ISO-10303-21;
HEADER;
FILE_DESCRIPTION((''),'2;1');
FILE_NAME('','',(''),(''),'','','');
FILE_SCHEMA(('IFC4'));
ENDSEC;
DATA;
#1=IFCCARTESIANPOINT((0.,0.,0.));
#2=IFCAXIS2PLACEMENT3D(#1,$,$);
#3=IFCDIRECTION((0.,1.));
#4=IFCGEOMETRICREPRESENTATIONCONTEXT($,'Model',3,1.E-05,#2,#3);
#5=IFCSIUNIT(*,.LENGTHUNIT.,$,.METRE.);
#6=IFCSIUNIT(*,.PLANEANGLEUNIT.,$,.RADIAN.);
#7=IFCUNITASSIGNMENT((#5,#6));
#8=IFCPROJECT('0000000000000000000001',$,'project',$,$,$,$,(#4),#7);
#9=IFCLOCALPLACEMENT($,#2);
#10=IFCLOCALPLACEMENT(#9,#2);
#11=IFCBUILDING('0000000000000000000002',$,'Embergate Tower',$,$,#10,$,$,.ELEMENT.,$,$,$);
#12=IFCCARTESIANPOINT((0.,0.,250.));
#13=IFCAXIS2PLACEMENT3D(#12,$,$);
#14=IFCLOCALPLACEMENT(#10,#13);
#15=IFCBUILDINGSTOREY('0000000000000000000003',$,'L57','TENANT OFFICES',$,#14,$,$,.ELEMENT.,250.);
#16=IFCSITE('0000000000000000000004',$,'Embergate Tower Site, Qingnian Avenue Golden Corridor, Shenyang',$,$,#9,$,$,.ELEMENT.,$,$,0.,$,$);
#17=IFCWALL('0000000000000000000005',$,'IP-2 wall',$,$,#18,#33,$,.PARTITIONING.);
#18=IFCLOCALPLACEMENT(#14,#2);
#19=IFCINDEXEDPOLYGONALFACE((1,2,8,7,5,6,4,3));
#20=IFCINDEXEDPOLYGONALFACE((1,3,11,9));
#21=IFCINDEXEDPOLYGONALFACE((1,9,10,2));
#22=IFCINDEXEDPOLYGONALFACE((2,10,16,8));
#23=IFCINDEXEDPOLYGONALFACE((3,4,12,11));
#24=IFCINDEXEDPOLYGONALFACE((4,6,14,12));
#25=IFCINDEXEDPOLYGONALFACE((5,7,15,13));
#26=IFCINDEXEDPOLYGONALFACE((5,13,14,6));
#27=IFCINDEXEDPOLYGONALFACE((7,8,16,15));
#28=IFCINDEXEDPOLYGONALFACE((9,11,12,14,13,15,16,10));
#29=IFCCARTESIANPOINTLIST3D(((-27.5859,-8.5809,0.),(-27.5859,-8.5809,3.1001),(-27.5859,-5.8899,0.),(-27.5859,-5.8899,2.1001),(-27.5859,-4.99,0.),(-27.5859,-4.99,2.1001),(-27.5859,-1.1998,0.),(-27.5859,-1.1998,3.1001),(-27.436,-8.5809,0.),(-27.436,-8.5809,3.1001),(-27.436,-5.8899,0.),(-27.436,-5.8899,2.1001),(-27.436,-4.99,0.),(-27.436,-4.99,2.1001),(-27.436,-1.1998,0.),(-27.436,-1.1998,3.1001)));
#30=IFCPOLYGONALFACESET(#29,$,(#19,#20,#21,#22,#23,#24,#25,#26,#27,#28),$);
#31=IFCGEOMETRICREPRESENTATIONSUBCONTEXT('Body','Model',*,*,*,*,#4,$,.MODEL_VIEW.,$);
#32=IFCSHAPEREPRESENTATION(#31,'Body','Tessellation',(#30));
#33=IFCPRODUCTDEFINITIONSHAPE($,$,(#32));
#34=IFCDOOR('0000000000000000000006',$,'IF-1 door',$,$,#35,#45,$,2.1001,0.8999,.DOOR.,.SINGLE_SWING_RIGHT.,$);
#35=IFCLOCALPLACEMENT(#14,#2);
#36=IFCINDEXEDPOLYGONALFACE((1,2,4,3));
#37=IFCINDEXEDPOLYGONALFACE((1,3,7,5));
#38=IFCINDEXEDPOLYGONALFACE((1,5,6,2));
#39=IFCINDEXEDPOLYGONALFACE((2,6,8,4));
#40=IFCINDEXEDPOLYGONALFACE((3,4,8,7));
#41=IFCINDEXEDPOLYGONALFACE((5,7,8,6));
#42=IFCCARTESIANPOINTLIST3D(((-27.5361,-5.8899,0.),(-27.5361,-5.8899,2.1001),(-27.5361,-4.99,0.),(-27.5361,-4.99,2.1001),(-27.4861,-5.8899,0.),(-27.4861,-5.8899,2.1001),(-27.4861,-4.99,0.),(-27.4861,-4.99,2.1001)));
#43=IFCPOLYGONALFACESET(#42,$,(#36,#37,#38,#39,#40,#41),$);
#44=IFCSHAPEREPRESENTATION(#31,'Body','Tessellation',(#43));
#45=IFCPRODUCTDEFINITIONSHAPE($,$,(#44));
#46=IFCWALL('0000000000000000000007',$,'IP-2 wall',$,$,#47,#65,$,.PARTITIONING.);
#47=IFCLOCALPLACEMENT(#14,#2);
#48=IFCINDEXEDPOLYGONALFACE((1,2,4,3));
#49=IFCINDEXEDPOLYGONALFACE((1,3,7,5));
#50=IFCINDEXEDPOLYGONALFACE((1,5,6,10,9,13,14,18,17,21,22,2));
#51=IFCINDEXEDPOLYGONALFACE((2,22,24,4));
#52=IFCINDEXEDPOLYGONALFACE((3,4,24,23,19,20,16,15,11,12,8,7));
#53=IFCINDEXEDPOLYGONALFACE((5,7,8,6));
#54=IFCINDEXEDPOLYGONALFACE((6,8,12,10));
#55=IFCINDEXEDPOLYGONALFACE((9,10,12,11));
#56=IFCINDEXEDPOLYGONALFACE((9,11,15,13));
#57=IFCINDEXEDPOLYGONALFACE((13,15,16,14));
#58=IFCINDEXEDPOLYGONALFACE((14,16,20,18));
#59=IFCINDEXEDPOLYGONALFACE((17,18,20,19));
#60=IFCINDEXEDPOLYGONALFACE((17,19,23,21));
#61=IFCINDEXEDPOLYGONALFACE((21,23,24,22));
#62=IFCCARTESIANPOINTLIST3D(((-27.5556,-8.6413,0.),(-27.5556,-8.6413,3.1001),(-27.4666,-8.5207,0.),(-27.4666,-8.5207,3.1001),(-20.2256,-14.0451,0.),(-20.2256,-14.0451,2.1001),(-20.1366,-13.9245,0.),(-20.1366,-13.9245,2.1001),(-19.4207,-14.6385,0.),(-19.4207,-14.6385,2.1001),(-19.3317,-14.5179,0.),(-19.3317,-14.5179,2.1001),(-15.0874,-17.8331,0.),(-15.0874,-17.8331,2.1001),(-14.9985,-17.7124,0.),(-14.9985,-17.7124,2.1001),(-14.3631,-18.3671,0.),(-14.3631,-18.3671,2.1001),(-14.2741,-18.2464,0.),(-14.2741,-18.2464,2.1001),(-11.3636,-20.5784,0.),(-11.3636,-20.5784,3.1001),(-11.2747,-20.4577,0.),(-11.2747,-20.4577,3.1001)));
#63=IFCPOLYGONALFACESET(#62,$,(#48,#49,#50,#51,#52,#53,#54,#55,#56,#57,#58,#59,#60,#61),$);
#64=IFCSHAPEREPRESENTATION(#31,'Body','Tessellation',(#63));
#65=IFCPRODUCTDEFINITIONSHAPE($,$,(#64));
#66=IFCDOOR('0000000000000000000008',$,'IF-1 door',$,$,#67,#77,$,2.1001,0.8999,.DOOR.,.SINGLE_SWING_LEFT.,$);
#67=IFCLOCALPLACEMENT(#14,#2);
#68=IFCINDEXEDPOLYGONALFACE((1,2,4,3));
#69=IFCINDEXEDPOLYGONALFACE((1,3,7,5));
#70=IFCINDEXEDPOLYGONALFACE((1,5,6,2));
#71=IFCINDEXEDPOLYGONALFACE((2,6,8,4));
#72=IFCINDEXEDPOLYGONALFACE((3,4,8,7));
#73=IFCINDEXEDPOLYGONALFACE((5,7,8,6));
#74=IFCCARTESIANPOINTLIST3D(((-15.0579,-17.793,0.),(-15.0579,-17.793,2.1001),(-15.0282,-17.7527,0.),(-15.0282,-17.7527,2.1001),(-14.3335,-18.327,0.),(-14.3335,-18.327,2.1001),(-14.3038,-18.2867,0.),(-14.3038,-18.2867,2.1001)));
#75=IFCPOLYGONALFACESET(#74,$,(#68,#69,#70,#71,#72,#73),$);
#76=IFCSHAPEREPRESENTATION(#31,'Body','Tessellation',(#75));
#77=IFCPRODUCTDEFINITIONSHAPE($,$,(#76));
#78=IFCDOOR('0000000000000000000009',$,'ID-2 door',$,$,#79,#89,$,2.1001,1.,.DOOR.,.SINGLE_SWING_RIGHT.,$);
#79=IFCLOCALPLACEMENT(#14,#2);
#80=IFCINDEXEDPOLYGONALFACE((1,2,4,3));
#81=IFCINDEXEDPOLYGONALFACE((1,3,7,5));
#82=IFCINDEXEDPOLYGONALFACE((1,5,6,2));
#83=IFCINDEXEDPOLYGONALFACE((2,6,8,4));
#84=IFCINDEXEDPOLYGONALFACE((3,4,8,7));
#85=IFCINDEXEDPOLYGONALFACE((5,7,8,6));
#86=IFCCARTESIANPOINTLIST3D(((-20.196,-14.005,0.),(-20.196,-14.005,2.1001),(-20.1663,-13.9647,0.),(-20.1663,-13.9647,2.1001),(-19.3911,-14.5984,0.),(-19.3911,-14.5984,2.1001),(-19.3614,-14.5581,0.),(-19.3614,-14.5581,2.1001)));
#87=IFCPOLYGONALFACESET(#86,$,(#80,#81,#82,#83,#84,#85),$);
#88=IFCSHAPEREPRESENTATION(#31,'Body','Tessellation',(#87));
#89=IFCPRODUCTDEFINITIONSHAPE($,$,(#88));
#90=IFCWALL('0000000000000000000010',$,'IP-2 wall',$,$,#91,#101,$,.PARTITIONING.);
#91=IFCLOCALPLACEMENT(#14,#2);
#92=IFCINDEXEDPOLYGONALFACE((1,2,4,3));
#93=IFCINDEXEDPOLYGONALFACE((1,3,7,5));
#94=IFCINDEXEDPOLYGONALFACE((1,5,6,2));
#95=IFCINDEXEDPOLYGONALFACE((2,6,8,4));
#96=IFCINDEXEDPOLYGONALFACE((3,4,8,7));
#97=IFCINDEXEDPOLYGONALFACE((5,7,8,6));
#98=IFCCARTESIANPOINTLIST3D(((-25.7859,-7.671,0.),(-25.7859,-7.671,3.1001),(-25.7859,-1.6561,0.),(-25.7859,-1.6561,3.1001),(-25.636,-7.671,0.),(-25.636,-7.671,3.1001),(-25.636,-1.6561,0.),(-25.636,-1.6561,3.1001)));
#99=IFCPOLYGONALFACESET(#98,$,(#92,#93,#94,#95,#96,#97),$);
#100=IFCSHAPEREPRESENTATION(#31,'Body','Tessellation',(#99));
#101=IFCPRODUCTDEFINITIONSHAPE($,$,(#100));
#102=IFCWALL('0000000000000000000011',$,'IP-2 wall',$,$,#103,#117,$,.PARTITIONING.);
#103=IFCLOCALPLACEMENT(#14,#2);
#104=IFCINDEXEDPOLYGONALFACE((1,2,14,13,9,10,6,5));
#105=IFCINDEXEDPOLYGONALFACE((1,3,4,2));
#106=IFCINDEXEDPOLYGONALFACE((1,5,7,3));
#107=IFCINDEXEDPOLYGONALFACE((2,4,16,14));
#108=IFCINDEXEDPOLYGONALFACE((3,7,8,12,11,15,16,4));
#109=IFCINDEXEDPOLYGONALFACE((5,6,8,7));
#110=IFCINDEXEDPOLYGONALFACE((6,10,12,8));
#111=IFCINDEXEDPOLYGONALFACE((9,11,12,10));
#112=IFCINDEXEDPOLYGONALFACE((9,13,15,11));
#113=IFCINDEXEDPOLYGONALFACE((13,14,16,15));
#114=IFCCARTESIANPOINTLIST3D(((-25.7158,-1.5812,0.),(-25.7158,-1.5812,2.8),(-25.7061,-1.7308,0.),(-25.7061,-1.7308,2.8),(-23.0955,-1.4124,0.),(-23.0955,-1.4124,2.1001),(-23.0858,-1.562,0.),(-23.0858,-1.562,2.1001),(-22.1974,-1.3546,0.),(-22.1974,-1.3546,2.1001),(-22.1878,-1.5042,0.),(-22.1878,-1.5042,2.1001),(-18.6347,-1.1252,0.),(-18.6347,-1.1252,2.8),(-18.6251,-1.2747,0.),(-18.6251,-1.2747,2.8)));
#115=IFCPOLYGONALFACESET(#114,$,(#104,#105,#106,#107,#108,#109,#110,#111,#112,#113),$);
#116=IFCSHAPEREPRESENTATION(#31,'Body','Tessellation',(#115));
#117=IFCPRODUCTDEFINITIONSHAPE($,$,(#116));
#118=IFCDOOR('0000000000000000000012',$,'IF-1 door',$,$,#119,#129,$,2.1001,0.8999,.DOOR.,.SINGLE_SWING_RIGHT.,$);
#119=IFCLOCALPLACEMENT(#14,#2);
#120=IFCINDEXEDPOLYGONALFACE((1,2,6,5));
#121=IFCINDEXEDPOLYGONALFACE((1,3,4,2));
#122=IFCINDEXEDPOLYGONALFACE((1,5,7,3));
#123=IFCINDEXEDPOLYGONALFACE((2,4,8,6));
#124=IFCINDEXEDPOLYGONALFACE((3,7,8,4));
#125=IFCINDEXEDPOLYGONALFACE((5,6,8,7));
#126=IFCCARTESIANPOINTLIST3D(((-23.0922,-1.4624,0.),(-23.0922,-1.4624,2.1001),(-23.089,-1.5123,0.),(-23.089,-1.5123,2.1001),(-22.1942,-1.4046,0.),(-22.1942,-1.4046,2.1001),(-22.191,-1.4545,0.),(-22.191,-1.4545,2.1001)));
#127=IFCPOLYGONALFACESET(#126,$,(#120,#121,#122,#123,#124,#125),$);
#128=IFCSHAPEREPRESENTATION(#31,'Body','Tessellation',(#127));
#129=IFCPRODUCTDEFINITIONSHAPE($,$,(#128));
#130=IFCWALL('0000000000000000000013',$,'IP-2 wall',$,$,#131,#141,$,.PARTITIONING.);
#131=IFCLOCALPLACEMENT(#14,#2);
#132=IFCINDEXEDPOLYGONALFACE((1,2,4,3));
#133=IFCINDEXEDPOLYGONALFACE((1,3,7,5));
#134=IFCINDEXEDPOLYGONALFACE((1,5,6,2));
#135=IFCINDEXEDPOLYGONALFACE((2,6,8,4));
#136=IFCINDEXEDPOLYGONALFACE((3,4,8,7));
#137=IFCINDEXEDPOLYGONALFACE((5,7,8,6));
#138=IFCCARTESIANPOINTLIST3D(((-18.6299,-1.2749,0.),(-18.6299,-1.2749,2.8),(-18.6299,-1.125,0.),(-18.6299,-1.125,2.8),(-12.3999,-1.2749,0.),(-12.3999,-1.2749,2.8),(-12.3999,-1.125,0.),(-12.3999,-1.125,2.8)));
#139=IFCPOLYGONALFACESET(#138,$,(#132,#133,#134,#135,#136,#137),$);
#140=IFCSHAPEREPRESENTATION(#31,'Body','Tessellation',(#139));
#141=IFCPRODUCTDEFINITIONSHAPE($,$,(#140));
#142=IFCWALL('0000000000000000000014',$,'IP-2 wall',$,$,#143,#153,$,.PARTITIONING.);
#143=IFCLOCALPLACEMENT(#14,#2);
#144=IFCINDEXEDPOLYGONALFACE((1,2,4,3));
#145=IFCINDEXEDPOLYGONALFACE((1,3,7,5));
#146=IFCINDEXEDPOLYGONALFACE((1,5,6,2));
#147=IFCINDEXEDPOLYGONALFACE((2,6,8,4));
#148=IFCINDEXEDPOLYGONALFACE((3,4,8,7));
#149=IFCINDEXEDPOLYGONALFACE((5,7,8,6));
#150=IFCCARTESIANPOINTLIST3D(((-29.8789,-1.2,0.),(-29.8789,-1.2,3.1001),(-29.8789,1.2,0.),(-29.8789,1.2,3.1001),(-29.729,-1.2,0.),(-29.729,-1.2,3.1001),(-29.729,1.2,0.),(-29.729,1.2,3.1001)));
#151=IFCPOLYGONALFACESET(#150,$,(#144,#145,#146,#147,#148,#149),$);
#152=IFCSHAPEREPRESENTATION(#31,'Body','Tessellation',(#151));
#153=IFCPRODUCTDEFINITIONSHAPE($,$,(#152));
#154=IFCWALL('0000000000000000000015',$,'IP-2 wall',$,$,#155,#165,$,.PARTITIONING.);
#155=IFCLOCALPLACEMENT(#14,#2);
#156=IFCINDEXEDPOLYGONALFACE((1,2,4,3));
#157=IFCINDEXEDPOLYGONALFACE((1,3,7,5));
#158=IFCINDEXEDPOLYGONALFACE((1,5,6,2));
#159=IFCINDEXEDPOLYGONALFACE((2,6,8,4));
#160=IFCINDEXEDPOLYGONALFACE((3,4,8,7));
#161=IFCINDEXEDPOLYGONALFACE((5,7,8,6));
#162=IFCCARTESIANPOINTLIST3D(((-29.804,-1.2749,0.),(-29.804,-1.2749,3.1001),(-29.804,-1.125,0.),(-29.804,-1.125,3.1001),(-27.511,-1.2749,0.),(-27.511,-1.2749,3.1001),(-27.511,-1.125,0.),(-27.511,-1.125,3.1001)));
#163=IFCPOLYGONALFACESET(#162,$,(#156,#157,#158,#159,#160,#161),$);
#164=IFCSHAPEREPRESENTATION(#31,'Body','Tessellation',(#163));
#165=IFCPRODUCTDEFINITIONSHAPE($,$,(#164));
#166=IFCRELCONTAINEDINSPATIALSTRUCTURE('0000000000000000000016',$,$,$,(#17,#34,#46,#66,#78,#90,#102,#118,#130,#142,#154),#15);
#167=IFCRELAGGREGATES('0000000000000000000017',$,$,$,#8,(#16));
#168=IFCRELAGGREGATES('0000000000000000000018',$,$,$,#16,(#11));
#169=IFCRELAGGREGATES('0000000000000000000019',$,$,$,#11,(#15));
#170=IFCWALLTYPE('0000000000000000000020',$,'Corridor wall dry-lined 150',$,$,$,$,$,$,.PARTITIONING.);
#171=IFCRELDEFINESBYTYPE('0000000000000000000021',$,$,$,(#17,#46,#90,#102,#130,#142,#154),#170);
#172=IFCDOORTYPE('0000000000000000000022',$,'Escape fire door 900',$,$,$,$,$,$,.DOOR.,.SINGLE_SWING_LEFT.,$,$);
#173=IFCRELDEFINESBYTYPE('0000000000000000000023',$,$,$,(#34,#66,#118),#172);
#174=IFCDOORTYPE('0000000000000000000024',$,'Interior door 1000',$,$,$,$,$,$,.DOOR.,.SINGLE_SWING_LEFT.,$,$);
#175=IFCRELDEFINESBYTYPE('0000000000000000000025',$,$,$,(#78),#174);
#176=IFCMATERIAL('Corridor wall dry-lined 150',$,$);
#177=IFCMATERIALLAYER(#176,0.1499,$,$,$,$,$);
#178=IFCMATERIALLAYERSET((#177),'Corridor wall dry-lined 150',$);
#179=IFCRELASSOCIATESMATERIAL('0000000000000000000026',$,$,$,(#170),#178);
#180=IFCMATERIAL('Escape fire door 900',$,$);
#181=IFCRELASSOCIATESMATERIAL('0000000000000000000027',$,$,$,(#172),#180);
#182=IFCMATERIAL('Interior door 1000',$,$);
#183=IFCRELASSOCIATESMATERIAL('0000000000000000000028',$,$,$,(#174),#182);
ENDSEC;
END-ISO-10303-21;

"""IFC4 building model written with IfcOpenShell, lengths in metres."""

from ifc_helpers import new_model, si_unit, direction, frame, frame_2d, origin, place, context, subcontext, project, spatial, rectangle, extrude, source, transform, mapped, material, layer, layer_set, type_object, element, fill, save


model = new_model("IFC4")

# Units and contexts
model_context = context("Model", 3, precision=1e-05, world=origin(), true_north=direction((0.0, 1.0)))
body_context = subcontext(model_context, "Body", "Model", "MODEL_VIEW")
ifc_project = project(units=[si_unit("LENGTHUNIT", "METRE"), si_unit("PLANEANGLEUNIT", "RADIAN")], contexts=[model_context])

# Site, building, storey
site_placement = place(None, origin())
site = spatial("IfcSite", under=ifc_project, at=site_placement, Name="Embergate Tower Site, Qingnian Avenue Golden Corridor, Shenyang", CompositionType="ELEMENT", RefElevation=0.0)
building_placement = place(site_placement, origin())
building = spatial("IfcBuilding", under=site, at=building_placement, Name="Embergate Tower", CompositionType="ELEMENT")
storey_placement = place(building_placement, frame((0.0, 0.0, 250.0)))
storey = spatial("IfcBuildingStorey", under=building, at=storey_placement, Name="L57", Description="TENANT OFFICES", CompositionType="ELEMENT", Elevation=250.0)

# Wall, opening, door
ifc_material_1 = material(Name="Corridor wall dry-lined 150")
ifc_layer_1 = layer(ifc_material_1, 0.1499)
ifc_layer_set_1 = layer_set([ifc_layer_1], Name="Corridor wall dry-lined 150")
wall_type_1 = type_object("IfcWallType", Name="Corridor wall dry-lined 150", PredefinedType="PARTITIONING", material=ifc_layer_set_1)
shared_shape_1 = source(origin(), body_context, "Body", "SweptSolid", [
    extrude(rectangle(XDim=7.3811, YDim=0.1499, at=frame_2d((3.6904, 0.0))), origin(), (0.0, 0.0, 1.0), 3.1001),
])
wall_1_placement = place(storey_placement, frame((-27.511, -1.2, 0.0), z_axis=(0.0, 0.0, 1.0), x_axis=(0.0, -1.0, 0.0)))
wall_1 = element("IfcWall", 1, at=wall_1_placement, inside=storey, type_object=wall_type_1, Name="IP-2 wall", PredefinedType="PARTITIONING", context=body_context, shape_type="MappedRepresentation", body=[
    mapped(shared_shape_1, transform((0.0, 0.0, 0.0))),
])
shared_shape_2 = source(origin(), body_context, "Body", "SweptSolid", [
    extrude(rectangle(XDim=0.8999, YDim=2.1001, at=frame_2d((0.45, 1.05))), frame((0.0, 0.085, 0.0), z_axis=(0.0, -1.0, 0.0), x_axis=(1.0, 0.0, 0.0)), (0.0, 0.0, 1.0), 0.1699),
])
opening_1_placement = place(wall_1_placement, frame((3.79, 0.0, 0.0)))
opening_1 = element("IfcOpeningElement", 2, at=opening_1_placement, cuts=wall_1, PredefinedType="OPENING", context=body_context, shape_type="MappedRepresentation", body=[
    mapped(shared_shape_2, transform((0.0, 0.0, 0.0))),
])
ifc_material_2 = material(Name="Escape fire door 900")
door_type_1 = type_object("IfcDoorType", Name="Escape fire door 900", OperationType="SINGLE_SWING_LEFT", PredefinedType="DOOR", material=ifc_material_2)
shared_shape_3 = source(origin(), body_context, "Body", "SweptSolid", [
    extrude(rectangle(XDim=0.8999, YDim=2.1001, at=frame_2d((0.45, 1.05))), frame((0.0, 0.0249, 0.0), z_axis=(0.0, -1.0, 0.0), x_axis=(1.0, 0.0, 0.0)), (0.0, 0.0, 1.0), 0.05),
])
door_1_placement = place(opening_1_placement, origin())
door_1 = element("IfcDoor", 3, at=door_1_placement, inside=storey, type_object=door_type_1, Name="IF-1 door", OperationType="SINGLE_SWING_RIGHT", OverallHeight=2.1001, OverallWidth=0.8999, PredefinedType="DOOR", context=body_context, shape_type="MappedRepresentation", body=[
    mapped(shared_shape_3, transform((0.0, 0.0, 0.0))),
])
fill(opening_1, door_1)

# Wall, openings, doors
shared_shape_4 = source(origin(), body_context, "Body", "SweptSolid", [
    extrude(rectangle(XDim=20.1165, YDim=0.1499, at=frame_2d((10.0581, 0.0))), origin(), (0.0, 0.0, 1.0), 3.1001),
])
wall_2_placement = place(storey_placement, frame((-27.511, -8.5811, 0.0), z_axis=(0.0, 0.0, 1.0), x_axis=(0.80491, -0.593397, 0.0)))
wall_2 = element("IfcWall", 4, at=wall_2_placement, inside=storey, type_object=wall_type_1, Name="IP-2 wall", PredefinedType="PARTITIONING", context=body_context, shape_type="MappedRepresentation", body=[
    mapped(shared_shape_4, transform((0.0, 0.0, 0.0))),
])
shared_shape_5 = source(origin(), body_context, "Body", "SweptSolid", [
    extrude(rectangle(XDim=1.0, YDim=2.1001, at=frame_2d((0.5, 1.05))), frame((0.0, 0.085, 0.0), z_axis=(0.0, -1.0, 0.0), x_axis=(1.0, 0.0, 0.0)), (0.0, 0.0, 1.0), 0.1699),
])
opening_2_placement = place(wall_2_placement, frame((9.1064, 0.0, 0.0)))
opening_2 = element("IfcOpeningElement", 5, at=opening_2_placement, cuts=wall_2, PredefinedType="OPENING", context=body_context, shape_type="MappedRepresentation", body=[
    mapped(shared_shape_5, transform((0.0, 0.0, 0.0))),
])
opening_3_placement = place(wall_2_placement, frame((15.49, 0.0, 0.0)))
opening_3 = element("IfcOpeningElement", 6, at=opening_3_placement, cuts=wall_2, PredefinedType="OPENING", context=body_context, shape_type="MappedRepresentation", body=[
    mapped(shared_shape_2, transform((0.0, 0.0, 0.0))),
])
door_2_placement = place(opening_3_placement, origin())
door_2 = element("IfcDoor", 7, at=door_2_placement, inside=storey, type_object=door_type_1, Name="IF-1 door", OperationType="SINGLE_SWING_LEFT", OverallHeight=2.1001, OverallWidth=0.8999, PredefinedType="DOOR", context=body_context, shape_type="MappedRepresentation", body=[
    mapped(shared_shape_3, transform((0.0, 0.0, 0.0))),
])
fill(opening_3, door_2)
ifc_material_3 = material(Name="Interior door 1000")
door_type_2 = type_object("IfcDoorType", Name="Interior door 1000", OperationType="SINGLE_SWING_LEFT", PredefinedType="DOOR", material=ifc_material_3)
shared_shape_6 = source(origin(), body_context, "Body", "SweptSolid", [
    extrude(rectangle(XDim=1.0, YDim=2.1001, at=frame_2d((0.5, 1.05))), frame((0.0, 0.0249, 0.0), z_axis=(0.0, -1.0, 0.0), x_axis=(1.0, 0.0, 0.0)), (0.0, 0.0, 1.0), 0.05),
])
door_3_placement = place(opening_2_placement, origin())
door_3 = element("IfcDoor", 8, at=door_3_placement, inside=storey, type_object=door_type_2, Name="ID-2 door", OperationType="SINGLE_SWING_RIGHT", OverallHeight=2.1001, OverallWidth=1.0, PredefinedType="DOOR", context=body_context, shape_type="MappedRepresentation", body=[
    mapped(shared_shape_6, transform((0.0, 0.0, 0.0))),
])
fill(opening_2, door_3)

# Wall
shared_shape_7 = source(origin(), body_context, "Body", "SweptSolid", [
    extrude(rectangle(XDim=6.0149, YDim=0.1499, at=frame_2d((3.0073, 0.0))), origin(), (0.0, 0.0, 1.0), 3.1001),
])
wall_3_placement = place(storey_placement, frame((-25.7109, -7.6709, 0.0), z_axis=(0.0, 0.0, 1.0), x_axis=(0.0, 1.0, 0.0)))
element("IfcWall", 9, at=wall_3_placement, inside=storey, type_object=wall_type_1, Name="IP-2 wall", PredefinedType="PARTITIONING", context=body_context, shape_type="MappedRepresentation", body=[
    mapped(shared_shape_7, transform((0.0, 0.0, 0.0))),
])

# Wall, opening, door
shared_shape_8 = source(origin(), body_context, "Body", "SweptSolid", [
    extrude(rectangle(XDim=7.0957, YDim=0.1499, at=frame_2d((3.5479, 0.0))), origin(), (0.0, 0.0, 1.0), 2.8),
])
wall_4_placement = place(storey_placement, frame((-25.7109, -1.656, 0.0), z_axis=(0.0, 0.0, 1.0), x_axis=(0.997932, 0.064272, 0.0)))
wall_4 = element("IfcWall", 10, at=wall_4_placement, inside=storey, type_object=wall_type_1, Name="IP-2 wall", PredefinedType="PARTITIONING", context=body_context, shape_type="MappedRepresentation", body=[
    mapped(shared_shape_8, transform((0.0, 0.0, 0.0))),
])
opening_4_placement = place(wall_4_placement, frame((2.6257, 0.0, 0.0)))
opening_4 = element("IfcOpeningElement", 11, at=opening_4_placement, cuts=wall_4, PredefinedType="OPENING", context=body_context, shape_type="MappedRepresentation", body=[
    mapped(shared_shape_2, transform((0.0, 0.0, 0.0))),
])
door_4_placement = place(opening_4_placement, origin())
door_4 = element("IfcDoor", 12, at=door_4_placement, inside=storey, type_object=door_type_1, Name="IF-1 door", OperationType="SINGLE_SWING_RIGHT", OverallHeight=2.1001, OverallWidth=0.8999, PredefinedType="DOOR", context=body_context, shape_type="MappedRepresentation", body=[
    mapped(shared_shape_3, transform((0.0, 0.0, 0.0))),
])
fill(opening_4, door_4)

# Walls
shared_shape_9 = source(origin(), body_context, "Body", "SweptSolid", [
    extrude(rectangle(XDim=6.23, YDim=0.1499, at=frame_2d((3.115, 0.0))), origin(), (0.0, 0.0, 1.0), 2.8),
])
wall_5_placement = place(storey_placement, frame((-18.6299, -1.2, 0.0), z_axis=(0.0, 0.0, 1.0), x_axis=(1.0, 0.0, 0.0)))
element("IfcWall", 13, at=wall_5_placement, inside=storey, type_object=wall_type_1, Name="IP-2 wall", PredefinedType="PARTITIONING", context=body_context, shape_type="MappedRepresentation", body=[
    mapped(shared_shape_9, transform((0.0, 0.0, 0.0))),
])
shared_shape_10 = source(origin(), body_context, "Body", "SweptSolid", [
    extrude(rectangle(XDim=2.3999, YDim=0.1499, at=frame_2d((1.2, 0.0))), origin(), (0.0, 0.0, 1.0), 3.1001),
])
wall_6_placement = place(storey_placement, frame((-29.804, -1.2, 0.0), z_axis=(0.0, 0.0, 1.0), x_axis=(0.0, 1.0, 0.0)))
element("IfcWall", 14, at=wall_6_placement, inside=storey, type_object=wall_type_1, Name="IP-2 wall", PredefinedType="PARTITIONING", context=body_context, shape_type="MappedRepresentation", body=[
    mapped(shared_shape_10, transform((0.0, 0.0, 0.0))),
])
shared_shape_11 = source(origin(), body_context, "Body", "SweptSolid", [
    extrude(rectangle(XDim=2.293, YDim=0.1499, at=frame_2d((1.1465, 0.0))), origin(), (0.0, 0.0, 1.0), 3.1001),
])
wall_7_placement = place(storey_placement, frame((-27.511, -1.2, 0.0), z_axis=(0.0, 0.0, 1.0), x_axis=(-1.0, 0.0, 0.0)))
element("IfcWall", 15, at=wall_7_placement, inside=storey, type_object=wall_type_1, Name="IP-2 wall", PredefinedType="PARTITIONING", context=body_context, shape_type="MappedRepresentation", body=[
    mapped(shared_shape_11, transform((0.0, 0.0, 0.0))),
])

save(model, "model.ifc")
